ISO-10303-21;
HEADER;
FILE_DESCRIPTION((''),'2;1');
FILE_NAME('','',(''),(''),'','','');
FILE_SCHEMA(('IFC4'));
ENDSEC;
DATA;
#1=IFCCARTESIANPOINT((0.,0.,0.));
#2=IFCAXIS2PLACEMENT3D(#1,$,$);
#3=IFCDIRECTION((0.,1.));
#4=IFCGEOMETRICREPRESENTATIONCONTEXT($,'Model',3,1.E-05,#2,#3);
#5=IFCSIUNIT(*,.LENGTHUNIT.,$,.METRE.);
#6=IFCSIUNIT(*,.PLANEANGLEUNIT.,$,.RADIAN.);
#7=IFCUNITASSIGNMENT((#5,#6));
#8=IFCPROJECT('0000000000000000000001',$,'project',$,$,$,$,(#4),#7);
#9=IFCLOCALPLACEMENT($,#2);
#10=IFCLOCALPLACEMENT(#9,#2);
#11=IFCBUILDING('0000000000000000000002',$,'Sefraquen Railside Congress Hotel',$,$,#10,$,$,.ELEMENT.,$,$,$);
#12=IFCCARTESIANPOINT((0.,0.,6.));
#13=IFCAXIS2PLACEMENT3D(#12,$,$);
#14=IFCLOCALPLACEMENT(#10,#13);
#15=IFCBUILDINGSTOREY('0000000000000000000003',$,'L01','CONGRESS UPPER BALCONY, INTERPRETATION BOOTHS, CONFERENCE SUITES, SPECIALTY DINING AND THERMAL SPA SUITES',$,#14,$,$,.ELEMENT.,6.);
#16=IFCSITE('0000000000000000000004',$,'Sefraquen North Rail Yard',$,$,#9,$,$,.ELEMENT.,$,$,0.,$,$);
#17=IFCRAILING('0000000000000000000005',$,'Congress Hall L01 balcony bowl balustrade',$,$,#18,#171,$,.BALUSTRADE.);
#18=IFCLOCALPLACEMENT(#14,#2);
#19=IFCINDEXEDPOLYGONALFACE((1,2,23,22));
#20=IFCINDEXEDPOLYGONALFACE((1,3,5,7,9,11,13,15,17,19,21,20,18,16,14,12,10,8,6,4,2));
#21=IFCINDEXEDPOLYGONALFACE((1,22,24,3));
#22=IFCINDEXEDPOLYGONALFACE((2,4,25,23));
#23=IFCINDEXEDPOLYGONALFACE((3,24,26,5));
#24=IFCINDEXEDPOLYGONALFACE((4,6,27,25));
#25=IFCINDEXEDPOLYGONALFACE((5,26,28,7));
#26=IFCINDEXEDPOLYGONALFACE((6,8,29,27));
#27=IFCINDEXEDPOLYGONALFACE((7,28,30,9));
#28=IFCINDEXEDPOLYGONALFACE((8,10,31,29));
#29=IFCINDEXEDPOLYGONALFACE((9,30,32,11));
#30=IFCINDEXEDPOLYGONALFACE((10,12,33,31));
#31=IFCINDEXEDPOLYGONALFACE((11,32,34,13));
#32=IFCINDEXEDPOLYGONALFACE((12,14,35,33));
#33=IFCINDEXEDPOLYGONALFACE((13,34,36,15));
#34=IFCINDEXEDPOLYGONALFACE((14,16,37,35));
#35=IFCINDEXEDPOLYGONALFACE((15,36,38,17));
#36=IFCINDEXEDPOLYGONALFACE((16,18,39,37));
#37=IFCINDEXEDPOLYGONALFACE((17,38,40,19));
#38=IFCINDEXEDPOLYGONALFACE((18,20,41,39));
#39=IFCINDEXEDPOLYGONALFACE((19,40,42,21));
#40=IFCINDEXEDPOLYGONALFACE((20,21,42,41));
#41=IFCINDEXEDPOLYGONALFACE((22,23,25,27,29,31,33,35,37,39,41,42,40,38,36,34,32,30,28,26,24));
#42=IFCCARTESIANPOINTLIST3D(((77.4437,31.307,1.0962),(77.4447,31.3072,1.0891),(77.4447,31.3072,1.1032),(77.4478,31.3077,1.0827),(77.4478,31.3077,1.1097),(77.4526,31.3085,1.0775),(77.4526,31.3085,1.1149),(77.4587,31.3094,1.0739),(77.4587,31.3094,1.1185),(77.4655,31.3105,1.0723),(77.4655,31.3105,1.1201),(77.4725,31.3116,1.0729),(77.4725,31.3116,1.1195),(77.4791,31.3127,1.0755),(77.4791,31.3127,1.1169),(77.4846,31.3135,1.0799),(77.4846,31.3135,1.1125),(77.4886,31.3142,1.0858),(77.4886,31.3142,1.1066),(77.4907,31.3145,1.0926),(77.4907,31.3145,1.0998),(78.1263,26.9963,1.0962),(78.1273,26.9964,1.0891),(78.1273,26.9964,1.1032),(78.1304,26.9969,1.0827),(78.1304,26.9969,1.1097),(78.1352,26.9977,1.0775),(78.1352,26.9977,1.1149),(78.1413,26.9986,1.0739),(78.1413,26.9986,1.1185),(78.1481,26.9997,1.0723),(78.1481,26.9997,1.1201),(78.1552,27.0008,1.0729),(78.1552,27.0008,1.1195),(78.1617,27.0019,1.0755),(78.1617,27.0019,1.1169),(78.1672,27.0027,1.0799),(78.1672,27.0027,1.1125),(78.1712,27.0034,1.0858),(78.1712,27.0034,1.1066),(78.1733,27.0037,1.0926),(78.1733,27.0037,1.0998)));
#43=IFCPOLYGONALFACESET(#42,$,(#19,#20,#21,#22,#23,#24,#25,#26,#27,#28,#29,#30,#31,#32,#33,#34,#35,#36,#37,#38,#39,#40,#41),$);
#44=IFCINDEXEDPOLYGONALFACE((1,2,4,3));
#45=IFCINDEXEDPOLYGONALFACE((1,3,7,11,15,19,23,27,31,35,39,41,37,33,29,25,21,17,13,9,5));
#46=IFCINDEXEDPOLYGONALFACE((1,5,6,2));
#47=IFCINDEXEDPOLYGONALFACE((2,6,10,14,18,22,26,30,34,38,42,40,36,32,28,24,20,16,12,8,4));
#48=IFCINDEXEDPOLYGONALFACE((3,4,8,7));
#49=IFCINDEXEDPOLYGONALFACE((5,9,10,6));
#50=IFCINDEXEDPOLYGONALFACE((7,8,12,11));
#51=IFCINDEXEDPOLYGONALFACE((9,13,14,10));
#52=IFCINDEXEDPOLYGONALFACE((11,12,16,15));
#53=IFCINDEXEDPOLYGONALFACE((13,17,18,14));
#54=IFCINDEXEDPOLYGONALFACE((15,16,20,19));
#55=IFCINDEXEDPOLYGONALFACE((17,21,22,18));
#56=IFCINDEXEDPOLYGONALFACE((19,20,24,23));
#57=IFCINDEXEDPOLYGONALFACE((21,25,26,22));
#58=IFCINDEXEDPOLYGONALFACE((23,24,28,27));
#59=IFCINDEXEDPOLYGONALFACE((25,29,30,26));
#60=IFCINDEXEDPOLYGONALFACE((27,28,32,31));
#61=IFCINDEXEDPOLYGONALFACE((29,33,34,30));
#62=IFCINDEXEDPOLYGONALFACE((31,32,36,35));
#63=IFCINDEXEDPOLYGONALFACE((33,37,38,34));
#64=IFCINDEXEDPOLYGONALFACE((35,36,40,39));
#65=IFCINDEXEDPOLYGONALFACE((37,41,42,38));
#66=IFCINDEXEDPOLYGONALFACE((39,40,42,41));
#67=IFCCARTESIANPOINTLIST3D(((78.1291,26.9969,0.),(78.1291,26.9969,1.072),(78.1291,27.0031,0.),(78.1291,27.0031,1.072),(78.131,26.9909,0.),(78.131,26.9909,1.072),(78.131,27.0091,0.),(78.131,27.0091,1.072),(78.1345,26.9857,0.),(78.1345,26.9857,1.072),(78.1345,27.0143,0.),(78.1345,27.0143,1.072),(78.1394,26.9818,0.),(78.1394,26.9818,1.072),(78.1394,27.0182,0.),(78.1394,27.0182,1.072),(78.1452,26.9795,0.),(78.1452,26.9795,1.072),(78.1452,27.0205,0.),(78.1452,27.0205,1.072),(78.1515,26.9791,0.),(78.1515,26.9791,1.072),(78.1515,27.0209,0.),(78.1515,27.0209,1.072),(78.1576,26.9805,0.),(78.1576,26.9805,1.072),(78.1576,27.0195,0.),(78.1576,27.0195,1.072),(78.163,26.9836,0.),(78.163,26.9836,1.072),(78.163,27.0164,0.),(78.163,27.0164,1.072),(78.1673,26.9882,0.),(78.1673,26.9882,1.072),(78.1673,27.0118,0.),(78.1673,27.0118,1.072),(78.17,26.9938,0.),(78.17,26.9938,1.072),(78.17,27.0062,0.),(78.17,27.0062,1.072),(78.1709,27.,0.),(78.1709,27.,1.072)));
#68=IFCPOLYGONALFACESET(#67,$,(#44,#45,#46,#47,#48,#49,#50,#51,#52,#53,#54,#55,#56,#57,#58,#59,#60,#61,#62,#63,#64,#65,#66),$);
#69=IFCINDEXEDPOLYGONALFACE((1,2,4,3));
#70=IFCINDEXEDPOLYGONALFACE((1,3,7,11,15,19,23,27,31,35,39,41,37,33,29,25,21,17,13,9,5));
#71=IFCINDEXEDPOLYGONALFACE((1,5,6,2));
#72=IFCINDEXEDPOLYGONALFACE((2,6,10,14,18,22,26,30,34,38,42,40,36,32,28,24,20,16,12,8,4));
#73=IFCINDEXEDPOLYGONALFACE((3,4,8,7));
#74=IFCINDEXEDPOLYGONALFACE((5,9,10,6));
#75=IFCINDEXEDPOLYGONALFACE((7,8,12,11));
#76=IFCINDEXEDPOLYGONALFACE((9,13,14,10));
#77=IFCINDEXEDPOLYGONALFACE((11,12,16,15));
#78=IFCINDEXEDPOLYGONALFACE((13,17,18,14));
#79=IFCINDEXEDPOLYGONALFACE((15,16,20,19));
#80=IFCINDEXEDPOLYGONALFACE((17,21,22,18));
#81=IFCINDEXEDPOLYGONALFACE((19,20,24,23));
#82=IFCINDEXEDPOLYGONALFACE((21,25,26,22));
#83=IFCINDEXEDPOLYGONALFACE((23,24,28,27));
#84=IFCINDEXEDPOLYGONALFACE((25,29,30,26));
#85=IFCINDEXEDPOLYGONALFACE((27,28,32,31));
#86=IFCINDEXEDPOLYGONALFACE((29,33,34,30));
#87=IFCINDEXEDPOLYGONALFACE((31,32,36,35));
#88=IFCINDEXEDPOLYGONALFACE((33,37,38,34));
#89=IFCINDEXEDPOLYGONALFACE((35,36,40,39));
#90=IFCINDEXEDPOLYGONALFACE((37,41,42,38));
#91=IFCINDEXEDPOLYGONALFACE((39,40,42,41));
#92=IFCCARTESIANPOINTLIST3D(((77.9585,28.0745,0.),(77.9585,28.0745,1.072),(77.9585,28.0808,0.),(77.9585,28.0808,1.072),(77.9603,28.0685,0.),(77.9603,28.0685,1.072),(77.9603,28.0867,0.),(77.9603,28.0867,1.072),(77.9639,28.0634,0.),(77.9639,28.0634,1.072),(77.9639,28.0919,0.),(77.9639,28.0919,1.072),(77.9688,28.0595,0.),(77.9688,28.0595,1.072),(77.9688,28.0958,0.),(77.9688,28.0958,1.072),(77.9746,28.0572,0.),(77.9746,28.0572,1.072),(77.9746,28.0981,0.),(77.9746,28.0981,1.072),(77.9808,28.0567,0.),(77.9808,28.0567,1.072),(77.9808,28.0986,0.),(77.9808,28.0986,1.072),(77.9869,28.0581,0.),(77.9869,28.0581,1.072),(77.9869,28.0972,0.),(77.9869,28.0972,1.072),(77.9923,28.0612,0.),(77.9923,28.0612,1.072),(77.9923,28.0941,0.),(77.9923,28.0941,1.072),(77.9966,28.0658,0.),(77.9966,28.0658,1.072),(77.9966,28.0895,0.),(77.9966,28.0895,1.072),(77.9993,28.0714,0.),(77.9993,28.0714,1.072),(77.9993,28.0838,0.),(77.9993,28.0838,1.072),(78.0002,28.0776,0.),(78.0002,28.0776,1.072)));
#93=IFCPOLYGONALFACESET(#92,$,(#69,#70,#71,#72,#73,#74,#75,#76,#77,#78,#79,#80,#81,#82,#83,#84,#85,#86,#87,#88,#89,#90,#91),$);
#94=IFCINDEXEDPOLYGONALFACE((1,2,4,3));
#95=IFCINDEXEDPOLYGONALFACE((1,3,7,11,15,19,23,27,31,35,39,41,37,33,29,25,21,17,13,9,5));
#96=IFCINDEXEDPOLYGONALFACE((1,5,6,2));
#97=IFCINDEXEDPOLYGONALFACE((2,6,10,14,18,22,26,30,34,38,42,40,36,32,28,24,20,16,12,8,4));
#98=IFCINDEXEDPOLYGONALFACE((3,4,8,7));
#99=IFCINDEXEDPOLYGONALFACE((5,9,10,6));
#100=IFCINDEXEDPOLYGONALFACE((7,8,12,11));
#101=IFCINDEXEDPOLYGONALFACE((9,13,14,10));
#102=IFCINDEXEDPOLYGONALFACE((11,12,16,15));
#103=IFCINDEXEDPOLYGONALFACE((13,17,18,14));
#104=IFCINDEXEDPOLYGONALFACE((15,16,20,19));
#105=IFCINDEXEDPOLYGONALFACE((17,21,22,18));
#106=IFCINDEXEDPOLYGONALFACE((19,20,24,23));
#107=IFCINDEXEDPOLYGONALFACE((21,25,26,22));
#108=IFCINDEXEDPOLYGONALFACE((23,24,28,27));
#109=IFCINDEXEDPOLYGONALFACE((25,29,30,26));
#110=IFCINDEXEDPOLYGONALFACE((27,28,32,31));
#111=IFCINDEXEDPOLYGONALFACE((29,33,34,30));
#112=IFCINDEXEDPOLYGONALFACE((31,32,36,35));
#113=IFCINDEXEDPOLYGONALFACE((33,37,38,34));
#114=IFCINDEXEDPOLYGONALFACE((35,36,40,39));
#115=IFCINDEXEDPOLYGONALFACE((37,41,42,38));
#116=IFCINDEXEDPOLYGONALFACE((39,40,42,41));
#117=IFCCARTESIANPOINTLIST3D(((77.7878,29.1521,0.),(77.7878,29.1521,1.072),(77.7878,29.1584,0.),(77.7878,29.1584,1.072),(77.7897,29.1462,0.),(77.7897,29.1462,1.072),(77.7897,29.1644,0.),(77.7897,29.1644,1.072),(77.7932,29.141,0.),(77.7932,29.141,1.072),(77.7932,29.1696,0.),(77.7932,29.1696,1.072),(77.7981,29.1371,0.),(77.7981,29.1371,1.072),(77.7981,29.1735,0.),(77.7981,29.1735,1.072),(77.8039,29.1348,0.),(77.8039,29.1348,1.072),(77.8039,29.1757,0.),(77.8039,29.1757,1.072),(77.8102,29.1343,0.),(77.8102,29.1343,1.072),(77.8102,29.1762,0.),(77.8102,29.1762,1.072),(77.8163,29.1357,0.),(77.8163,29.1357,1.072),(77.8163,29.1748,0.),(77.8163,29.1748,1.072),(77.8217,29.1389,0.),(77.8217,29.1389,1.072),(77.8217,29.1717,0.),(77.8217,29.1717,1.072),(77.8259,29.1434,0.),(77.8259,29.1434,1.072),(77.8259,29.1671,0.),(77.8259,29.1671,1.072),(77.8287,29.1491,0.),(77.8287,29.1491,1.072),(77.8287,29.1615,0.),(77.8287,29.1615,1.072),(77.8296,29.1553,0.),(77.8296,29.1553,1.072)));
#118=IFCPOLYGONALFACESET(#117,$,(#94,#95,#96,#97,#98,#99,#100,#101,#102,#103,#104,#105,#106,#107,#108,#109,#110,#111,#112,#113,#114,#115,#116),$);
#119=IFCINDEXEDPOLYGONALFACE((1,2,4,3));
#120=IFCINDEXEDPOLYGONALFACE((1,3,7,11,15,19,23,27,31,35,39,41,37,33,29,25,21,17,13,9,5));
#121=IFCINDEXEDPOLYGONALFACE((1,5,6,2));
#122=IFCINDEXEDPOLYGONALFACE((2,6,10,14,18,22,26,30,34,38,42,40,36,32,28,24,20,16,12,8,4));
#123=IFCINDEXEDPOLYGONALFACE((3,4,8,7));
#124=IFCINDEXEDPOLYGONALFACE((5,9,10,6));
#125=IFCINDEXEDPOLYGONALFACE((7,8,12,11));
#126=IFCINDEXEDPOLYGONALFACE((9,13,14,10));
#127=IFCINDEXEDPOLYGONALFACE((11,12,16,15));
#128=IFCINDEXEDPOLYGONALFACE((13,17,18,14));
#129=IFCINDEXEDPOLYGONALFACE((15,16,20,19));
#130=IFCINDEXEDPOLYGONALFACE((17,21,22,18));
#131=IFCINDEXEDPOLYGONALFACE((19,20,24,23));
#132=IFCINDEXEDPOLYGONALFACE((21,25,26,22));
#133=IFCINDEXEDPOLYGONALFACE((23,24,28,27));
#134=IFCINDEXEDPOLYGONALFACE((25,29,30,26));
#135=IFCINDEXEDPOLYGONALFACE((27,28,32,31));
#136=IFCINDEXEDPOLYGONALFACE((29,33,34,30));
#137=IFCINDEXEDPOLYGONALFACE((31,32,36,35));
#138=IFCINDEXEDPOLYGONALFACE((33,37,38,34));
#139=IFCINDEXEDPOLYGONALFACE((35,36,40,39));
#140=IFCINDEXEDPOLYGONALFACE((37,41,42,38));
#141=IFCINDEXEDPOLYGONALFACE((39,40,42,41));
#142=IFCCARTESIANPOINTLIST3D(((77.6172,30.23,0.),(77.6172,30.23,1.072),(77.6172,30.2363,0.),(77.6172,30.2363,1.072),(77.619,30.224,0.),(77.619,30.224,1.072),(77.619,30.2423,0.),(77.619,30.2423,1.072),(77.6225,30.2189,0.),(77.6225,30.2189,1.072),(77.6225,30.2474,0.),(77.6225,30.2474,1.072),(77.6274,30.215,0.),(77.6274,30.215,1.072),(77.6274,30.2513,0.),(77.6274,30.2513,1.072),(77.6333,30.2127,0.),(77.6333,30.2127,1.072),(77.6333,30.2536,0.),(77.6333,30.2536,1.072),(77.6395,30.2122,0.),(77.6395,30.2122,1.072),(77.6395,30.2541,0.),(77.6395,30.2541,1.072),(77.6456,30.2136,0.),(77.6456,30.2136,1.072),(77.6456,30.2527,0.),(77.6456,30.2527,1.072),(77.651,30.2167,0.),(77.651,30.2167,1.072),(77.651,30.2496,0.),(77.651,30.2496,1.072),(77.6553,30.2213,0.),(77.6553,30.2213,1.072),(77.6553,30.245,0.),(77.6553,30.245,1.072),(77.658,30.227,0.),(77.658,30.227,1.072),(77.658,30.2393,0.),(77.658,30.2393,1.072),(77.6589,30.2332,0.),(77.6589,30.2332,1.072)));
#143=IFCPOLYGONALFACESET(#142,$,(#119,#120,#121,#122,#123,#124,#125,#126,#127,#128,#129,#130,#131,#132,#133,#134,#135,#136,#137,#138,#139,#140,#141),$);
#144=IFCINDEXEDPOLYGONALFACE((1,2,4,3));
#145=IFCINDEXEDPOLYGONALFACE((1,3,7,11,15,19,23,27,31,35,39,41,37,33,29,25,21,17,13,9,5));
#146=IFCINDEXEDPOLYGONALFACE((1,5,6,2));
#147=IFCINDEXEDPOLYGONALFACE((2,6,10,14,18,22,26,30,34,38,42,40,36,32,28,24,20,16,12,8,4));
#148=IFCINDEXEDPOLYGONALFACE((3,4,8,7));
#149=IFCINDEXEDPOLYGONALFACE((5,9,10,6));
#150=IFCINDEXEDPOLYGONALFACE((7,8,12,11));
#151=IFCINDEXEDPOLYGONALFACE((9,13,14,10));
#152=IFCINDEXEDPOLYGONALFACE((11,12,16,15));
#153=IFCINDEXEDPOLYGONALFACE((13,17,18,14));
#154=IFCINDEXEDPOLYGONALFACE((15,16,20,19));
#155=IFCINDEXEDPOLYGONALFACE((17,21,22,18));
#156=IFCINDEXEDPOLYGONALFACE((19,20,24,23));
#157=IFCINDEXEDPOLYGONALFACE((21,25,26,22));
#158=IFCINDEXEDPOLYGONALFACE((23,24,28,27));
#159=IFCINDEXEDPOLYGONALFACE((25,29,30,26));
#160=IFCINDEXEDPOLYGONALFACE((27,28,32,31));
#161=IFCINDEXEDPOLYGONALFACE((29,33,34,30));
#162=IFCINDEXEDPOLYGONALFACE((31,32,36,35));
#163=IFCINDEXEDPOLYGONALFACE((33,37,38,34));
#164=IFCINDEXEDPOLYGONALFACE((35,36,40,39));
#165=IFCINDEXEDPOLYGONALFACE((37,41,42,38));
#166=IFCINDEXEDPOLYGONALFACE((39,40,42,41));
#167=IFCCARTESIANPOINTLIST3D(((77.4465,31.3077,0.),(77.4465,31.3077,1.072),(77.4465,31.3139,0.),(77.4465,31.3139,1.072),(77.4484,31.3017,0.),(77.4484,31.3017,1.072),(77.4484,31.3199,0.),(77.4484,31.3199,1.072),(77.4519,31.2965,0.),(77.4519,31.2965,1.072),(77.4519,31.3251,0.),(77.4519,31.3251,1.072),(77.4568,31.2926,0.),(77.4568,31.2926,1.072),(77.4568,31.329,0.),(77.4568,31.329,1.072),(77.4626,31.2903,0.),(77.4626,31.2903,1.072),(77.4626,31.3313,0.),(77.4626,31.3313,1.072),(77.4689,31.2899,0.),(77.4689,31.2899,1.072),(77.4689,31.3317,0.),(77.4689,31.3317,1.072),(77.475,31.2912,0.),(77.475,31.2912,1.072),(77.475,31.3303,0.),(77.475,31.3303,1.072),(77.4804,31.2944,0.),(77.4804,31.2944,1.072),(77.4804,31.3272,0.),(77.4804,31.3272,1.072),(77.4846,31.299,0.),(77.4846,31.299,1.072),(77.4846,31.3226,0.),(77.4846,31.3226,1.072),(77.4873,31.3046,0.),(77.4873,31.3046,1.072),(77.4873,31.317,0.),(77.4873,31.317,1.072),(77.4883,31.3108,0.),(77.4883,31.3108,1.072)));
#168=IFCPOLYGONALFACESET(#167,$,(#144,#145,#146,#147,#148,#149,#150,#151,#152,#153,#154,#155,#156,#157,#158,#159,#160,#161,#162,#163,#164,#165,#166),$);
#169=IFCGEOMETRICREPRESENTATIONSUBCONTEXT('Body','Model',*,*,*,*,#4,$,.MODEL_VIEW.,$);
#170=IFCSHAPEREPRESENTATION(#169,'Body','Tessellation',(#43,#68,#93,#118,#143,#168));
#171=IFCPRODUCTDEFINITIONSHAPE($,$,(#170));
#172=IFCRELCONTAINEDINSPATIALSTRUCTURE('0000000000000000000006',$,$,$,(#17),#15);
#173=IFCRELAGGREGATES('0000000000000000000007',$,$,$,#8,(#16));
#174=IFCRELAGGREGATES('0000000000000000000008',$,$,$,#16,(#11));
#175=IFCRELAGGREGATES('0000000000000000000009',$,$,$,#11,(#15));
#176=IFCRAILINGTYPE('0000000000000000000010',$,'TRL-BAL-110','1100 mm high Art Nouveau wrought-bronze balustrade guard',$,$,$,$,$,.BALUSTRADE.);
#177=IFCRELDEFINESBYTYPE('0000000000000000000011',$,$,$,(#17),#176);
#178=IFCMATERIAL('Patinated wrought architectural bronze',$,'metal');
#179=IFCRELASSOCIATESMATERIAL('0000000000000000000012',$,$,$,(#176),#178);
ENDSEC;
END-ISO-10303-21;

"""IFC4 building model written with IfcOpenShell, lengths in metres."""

from ifc_helpers import new_model, si_unit, direction, frame, origin, origin_2d, place, context, subcontext, project, spatial, circle, extrude, material, type_object, element, save


model = new_model("IFC4")

# Units and contexts
model_context = context("Model", 3, precision=1e-05, world=origin(), true_north=direction((0.0, 1.0)))
body_context = subcontext(model_context, "Body", "Model", "MODEL_VIEW")
ifc_project = project(units=[si_unit("LENGTHUNIT", "METRE"), si_unit("PLANEANGLEUNIT", "RADIAN")], contexts=[model_context])

# Site, building, storey
site_placement = place(None, origin())
site = spatial("IfcSite", under=ifc_project, at=site_placement, Name="Sefraquen North Rail Yard", CompositionType="ELEMENT", RefElevation=0.0)
building_placement = place(site_placement, origin())
building = spatial("IfcBuilding", under=site, at=building_placement, Name="Sefraquen Railside Congress Hotel", CompositionType="ELEMENT")
storey_placement = place(building_placement, frame((0.0, 0.0, 6.0)))
storey = spatial("IfcBuildingStorey", under=building, at=storey_placement, Name="L01", Description="CONGRESS UPPER BALCONY, INTERPRETATION BOOTHS, CONFERENCE SUITES, SPECIALTY DINING AND THERMAL SPA SUITES", CompositionType="ELEMENT", Elevation=6.0)

# Railing
ifc_material_1 = material(Name="Patinated wrought architectural bronze", Category="metal")
railing_type = type_object("IfcRailingType", Name="TRL-BAL-110", Description="1100 mm high Art Nouveau wrought-bronze balustrade guard", PredefinedType="BALUSTRADE", material=ifc_material_1)
railing_1_placement = place(storey_placement, frame((78.1499, 27.0, 0.0)))
element("IfcRailing", 1, at=railing_1_placement, inside=storey, type_object=railing_type, Name="Congress Hall L01 balcony bowl balustrade", PredefinedType="BALUSTRADE", context=body_context, shape_type="SweptSolid", body=[
    extrude(circle(Radius=0.0239, at=origin_2d()), frame((0.0, 0.0, 1.0962), z_axis=(-0.156402, 0.987693, 0.0), x_axis=(-0.987693, -0.156402, 0.0)), (0.0, 0.0, 1.0), 4.3645),
    extrude(circle(Radius=0.021, at=origin_2d()), origin(), (0.0, 0.0, 1.0), 1.072),
    extrude(circle(Radius=0.021, at=origin_2d()), frame((-0.1707, 1.0776, 0.0)), (0.0, 0.0, 1.0), 1.072),
    extrude(circle(Radius=0.021, at=origin_2d()), frame((-0.3413, 2.1553, 0.0)), (0.0, 0.0, 1.0), 1.072),
    extrude(circle(Radius=0.021, at=origin_2d()), frame((-0.512, 3.2332, 0.0)), (0.0, 0.0, 1.0), 1.072),
    extrude(circle(Radius=0.021, at=origin_2d()), frame((-0.6826, 4.3108, 0.0)), (0.0, 0.0, 1.0), 1.072),
])

save(model, "model.ifc")
